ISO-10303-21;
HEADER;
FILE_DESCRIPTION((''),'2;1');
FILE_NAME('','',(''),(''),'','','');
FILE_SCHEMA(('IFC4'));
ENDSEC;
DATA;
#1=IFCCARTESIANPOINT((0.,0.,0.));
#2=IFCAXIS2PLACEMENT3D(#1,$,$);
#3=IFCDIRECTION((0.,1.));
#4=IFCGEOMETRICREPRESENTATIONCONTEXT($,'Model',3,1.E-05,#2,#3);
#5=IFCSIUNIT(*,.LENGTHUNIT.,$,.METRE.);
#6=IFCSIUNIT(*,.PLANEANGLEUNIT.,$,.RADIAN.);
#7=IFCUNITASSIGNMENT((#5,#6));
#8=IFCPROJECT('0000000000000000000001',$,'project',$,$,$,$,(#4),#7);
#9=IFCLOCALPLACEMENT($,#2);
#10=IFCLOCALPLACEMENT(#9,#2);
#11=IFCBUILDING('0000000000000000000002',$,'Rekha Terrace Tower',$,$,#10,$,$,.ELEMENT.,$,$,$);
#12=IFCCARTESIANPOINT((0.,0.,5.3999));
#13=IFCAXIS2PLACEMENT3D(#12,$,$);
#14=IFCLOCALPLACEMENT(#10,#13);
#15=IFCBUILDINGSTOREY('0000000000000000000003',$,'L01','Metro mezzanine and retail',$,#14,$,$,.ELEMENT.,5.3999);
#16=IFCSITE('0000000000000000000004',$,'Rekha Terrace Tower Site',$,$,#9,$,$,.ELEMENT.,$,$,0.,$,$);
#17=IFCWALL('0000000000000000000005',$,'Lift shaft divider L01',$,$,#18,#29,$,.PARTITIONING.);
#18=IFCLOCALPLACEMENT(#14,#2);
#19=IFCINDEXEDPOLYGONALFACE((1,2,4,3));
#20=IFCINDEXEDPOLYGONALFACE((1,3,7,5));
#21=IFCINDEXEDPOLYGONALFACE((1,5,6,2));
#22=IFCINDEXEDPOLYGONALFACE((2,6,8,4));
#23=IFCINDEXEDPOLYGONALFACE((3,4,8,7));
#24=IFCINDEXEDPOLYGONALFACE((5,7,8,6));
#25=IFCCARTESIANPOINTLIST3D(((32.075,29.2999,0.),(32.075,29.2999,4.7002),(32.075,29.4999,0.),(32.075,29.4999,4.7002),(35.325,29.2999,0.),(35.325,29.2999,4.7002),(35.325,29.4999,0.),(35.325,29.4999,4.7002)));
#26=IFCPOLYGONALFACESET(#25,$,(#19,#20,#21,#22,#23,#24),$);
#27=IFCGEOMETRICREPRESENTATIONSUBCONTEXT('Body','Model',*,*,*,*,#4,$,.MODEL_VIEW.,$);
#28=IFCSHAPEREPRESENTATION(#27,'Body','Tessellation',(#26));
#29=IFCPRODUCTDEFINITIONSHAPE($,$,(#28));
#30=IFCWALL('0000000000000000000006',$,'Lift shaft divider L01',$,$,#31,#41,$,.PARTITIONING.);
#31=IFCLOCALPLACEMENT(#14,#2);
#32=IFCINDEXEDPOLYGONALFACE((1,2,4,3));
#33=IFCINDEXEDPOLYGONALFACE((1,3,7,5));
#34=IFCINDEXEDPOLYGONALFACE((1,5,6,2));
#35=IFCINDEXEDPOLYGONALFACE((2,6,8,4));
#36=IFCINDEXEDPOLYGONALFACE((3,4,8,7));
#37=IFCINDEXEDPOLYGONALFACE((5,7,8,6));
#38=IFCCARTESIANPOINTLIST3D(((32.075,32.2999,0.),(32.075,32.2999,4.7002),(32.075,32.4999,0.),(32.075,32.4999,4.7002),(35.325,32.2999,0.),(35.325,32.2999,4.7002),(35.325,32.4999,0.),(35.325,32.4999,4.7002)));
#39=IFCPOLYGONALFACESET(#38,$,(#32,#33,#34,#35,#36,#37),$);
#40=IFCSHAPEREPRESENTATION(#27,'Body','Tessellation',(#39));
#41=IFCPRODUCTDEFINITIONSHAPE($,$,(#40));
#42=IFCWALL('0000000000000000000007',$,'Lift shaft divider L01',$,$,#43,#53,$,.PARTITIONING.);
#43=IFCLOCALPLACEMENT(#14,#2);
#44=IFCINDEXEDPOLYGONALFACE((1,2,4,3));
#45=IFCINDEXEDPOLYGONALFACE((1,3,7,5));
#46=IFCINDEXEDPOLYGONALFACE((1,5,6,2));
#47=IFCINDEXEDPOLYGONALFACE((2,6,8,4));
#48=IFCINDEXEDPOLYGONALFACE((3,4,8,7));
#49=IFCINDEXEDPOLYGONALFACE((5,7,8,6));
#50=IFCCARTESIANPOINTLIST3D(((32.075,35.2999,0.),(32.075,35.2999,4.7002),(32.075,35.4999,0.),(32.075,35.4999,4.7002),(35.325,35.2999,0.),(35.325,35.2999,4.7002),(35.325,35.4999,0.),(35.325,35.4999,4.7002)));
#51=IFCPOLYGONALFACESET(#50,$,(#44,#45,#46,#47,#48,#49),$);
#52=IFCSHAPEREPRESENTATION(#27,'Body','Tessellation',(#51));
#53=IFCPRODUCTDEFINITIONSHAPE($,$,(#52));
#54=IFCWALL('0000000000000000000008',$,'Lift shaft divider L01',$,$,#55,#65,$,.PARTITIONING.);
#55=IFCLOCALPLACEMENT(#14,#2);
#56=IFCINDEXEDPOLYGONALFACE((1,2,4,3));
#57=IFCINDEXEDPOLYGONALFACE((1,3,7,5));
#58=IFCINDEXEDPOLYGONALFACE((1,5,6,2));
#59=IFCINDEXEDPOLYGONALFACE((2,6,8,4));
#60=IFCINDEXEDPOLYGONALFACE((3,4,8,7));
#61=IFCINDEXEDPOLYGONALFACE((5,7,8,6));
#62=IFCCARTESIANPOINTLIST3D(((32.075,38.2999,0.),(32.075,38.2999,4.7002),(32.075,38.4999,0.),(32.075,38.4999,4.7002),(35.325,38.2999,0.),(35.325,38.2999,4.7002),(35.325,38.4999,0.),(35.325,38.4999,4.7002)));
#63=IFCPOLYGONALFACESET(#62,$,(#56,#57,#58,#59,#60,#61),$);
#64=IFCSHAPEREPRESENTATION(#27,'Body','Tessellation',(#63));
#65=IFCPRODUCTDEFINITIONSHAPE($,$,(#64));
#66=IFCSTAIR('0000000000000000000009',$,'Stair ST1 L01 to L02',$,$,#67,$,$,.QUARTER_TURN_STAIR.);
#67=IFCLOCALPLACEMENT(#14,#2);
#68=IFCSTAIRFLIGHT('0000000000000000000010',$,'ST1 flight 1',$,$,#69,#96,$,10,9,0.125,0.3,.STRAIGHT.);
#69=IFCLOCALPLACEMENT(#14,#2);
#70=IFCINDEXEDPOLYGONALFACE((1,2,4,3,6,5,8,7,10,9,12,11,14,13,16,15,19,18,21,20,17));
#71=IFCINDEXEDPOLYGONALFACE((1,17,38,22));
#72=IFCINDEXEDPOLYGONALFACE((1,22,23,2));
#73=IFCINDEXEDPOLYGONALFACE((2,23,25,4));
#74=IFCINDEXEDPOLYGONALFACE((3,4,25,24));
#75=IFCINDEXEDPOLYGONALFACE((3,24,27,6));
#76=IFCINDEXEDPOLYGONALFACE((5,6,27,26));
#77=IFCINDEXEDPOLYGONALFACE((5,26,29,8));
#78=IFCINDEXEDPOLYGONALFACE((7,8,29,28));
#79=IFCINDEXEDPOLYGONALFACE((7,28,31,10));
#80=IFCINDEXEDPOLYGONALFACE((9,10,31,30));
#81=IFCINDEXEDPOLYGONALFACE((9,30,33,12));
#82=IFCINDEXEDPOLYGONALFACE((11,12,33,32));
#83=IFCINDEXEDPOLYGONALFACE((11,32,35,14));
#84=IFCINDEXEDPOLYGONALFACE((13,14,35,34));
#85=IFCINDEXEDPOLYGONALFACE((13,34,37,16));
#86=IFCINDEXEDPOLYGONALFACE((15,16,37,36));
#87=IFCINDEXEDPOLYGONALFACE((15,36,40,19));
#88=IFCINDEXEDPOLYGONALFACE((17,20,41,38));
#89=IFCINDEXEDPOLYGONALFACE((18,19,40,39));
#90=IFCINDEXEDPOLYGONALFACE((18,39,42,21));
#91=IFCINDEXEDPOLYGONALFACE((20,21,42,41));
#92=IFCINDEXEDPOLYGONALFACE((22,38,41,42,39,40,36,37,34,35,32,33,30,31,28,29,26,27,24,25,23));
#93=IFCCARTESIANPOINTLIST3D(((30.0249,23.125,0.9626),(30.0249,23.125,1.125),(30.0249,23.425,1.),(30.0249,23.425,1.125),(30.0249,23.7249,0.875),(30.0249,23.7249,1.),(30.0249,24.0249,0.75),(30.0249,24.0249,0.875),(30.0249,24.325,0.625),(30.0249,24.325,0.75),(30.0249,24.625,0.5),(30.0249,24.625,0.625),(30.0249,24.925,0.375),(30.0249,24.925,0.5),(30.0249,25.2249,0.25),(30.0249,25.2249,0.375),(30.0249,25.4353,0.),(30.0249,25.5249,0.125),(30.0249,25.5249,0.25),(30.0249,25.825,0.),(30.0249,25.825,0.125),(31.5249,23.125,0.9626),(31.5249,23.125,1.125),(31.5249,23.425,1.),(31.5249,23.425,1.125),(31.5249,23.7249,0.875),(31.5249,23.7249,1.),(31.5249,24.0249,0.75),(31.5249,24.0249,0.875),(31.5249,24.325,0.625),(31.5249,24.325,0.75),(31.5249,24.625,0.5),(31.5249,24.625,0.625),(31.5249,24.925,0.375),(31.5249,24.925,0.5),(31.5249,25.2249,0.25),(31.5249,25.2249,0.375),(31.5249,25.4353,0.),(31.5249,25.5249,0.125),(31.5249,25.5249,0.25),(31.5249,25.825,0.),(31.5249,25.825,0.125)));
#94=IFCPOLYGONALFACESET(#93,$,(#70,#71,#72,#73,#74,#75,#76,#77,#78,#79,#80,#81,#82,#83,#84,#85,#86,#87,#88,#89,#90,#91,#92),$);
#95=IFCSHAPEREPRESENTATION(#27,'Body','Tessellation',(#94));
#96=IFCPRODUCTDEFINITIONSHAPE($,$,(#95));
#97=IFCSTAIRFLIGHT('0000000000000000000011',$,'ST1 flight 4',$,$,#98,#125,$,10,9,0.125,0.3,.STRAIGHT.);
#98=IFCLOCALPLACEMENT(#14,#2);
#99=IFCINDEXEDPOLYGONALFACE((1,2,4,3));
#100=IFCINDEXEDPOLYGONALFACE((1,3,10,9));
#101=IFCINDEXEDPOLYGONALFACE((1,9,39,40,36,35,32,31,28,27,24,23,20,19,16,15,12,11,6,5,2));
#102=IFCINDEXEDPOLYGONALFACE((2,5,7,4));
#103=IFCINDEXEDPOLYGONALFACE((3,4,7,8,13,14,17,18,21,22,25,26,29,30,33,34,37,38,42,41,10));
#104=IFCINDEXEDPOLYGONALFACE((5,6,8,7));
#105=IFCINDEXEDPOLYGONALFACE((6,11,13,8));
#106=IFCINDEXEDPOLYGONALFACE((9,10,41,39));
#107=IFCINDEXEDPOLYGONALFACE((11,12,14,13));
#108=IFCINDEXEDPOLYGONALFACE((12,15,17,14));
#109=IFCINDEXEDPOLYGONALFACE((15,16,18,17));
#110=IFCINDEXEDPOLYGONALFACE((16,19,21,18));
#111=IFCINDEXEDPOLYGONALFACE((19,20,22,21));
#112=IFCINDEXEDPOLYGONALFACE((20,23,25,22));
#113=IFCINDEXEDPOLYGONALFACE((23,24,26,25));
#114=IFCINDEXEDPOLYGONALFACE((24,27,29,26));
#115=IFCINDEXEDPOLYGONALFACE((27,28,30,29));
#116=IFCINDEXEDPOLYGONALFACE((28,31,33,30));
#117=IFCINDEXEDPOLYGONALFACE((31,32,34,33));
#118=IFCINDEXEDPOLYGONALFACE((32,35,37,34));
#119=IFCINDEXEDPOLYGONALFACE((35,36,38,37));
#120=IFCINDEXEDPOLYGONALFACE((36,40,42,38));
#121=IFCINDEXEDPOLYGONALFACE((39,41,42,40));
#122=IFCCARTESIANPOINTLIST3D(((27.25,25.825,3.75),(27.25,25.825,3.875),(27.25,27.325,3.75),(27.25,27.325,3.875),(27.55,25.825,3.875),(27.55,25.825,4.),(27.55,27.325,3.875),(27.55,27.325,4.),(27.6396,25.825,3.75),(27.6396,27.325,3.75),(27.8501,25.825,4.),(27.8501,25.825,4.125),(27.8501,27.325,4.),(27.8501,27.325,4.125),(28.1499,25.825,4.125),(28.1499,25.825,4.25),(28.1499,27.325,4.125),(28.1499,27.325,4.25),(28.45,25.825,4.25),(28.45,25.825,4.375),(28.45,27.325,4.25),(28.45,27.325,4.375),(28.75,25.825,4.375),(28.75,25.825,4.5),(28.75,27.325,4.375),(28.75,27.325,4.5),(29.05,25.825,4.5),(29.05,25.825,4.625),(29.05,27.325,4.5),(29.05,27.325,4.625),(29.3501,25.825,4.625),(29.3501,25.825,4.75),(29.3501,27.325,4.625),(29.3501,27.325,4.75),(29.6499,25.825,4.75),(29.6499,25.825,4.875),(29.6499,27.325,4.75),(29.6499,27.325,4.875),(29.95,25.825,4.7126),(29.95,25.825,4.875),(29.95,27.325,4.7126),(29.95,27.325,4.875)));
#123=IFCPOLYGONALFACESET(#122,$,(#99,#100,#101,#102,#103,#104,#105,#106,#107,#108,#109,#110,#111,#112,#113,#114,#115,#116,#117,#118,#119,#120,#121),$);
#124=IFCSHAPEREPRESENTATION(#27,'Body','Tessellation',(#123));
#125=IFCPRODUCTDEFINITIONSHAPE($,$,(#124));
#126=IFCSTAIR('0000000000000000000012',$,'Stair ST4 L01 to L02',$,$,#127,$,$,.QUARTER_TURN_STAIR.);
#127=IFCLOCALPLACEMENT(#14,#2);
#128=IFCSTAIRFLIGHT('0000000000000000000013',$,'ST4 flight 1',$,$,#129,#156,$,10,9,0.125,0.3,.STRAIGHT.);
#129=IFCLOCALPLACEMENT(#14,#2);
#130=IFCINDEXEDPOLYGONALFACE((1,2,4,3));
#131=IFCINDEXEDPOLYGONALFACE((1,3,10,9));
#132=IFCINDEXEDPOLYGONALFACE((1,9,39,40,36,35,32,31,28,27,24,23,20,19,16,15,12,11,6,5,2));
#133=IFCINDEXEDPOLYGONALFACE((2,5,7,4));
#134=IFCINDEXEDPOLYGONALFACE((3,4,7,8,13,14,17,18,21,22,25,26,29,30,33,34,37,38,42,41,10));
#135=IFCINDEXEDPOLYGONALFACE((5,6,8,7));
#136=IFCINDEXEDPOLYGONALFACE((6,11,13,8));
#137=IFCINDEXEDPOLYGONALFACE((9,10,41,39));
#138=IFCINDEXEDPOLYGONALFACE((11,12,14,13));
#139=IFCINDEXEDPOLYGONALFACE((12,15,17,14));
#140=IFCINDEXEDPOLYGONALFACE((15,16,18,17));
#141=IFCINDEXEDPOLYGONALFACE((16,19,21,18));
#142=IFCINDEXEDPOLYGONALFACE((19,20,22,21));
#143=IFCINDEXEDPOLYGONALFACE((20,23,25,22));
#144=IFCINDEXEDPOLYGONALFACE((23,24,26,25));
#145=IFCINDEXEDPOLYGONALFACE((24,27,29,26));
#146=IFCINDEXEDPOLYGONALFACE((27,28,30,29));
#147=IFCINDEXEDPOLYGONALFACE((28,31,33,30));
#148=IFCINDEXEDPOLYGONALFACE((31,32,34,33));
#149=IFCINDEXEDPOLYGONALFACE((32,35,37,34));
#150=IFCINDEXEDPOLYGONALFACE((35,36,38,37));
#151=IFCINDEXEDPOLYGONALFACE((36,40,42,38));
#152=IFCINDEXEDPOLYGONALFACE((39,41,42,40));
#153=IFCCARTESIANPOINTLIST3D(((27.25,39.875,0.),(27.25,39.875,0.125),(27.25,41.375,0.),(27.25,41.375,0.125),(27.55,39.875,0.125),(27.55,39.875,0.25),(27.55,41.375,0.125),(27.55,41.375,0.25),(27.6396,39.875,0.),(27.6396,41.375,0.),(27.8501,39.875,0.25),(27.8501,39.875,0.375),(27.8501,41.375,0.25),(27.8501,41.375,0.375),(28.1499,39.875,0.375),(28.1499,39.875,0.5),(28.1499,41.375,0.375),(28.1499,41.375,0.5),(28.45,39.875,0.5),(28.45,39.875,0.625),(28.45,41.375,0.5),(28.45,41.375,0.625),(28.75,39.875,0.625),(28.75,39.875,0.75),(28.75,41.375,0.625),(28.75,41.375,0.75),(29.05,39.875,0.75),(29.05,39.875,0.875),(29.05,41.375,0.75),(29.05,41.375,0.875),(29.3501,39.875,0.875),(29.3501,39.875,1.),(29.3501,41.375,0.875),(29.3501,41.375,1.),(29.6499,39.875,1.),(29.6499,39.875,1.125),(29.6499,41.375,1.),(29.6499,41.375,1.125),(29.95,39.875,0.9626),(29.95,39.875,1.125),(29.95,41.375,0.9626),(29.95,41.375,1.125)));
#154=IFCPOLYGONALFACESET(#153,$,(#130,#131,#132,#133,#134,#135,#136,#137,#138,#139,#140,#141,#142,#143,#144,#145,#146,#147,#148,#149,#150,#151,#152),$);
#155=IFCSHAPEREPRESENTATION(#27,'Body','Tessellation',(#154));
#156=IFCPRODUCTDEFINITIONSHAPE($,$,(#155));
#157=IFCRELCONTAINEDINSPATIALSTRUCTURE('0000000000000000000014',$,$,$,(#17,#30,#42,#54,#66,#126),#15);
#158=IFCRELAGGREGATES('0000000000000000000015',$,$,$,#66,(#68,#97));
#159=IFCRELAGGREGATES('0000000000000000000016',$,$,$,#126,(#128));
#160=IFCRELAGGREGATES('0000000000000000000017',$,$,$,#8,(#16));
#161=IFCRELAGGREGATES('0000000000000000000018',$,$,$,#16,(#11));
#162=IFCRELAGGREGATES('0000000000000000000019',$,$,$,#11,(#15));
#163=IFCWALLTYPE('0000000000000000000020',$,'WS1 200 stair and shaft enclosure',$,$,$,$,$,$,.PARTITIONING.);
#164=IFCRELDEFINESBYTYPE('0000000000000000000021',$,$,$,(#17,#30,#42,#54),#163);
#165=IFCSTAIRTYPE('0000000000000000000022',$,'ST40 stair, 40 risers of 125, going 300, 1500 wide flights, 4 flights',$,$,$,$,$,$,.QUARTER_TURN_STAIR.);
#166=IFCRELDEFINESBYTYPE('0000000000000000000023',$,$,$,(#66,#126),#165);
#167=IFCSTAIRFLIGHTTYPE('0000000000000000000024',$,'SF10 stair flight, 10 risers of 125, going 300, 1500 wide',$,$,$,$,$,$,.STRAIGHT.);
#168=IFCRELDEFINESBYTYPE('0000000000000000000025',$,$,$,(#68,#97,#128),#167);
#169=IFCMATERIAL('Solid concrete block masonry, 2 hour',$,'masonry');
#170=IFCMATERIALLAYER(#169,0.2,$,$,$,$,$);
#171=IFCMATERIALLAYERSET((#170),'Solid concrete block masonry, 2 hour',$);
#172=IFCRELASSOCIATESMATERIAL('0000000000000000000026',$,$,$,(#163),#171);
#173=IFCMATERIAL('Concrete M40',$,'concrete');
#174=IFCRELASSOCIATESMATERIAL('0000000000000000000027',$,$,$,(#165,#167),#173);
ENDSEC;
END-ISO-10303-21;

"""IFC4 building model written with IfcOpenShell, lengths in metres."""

from ifc_helpers import new_model, si_unit, direction, frame, frame_2d, origin, place, context, subcontext, project, spatial, polyline, rectangle, outline, extrude, material, layer, layer_set, type_object, element, aggregate, save


model = new_model("IFC4")

# Units and contexts
model_context = context("Model", 3, precision=1e-05, world=origin(), true_north=direction((0.0, 1.0)))
body_context = subcontext(model_context, "Body", "Model", "MODEL_VIEW")
ifc_project = project(units=[si_unit("LENGTHUNIT", "METRE"), si_unit("PLANEANGLEUNIT", "RADIAN")], contexts=[model_context])

# Site, building, storey
site_placement = place(None, origin())
site = spatial("IfcSite", under=ifc_project, at=site_placement, Name="Rekha Terrace Tower Site", CompositionType="ELEMENT", RefElevation=0.0)
building_placement = place(site_placement, origin())
building = spatial("IfcBuilding", under=site, at=building_placement, Name="Rekha Terrace Tower", CompositionType="ELEMENT")
storey_placement = place(building_placement, frame((0.0, 0.0, 5.3999)))
storey = spatial("IfcBuildingStorey", under=building, at=storey_placement, Name="L01", Description="Metro mezzanine and retail", CompositionType="ELEMENT", Elevation=5.3999)

# Walls
ifc_material_1 = material(Name="Solid concrete block masonry, 2 hour", Category="masonry")
ifc_layer_1 = layer(ifc_material_1, 0.2)
ifc_layer_set_1 = layer_set([ifc_layer_1], Name="Solid concrete block masonry, 2 hour")
wall_type_1 = type_object("IfcWallType", Name="WS1 200 stair and shaft enclosure", PredefinedType="PARTITIONING", material=ifc_layer_set_1)
for number, where, z_axis, x_axis, name in (
    (1, (32.075, 29.3999, 0.0), (0.0, 0.0, 1.0), (1.0, 0.0, 0.0), "Lift shaft divider L01"),
    (2, (32.075, 32.3999, 0.0), (0.0, 0.0, 1.0), (1.0, 0.0, 0.0), "Lift shaft divider L01"),
    (3, (32.075, 35.3999, 0.0), (0.0, 0.0, 1.0), (1.0, 0.0, 0.0), "Lift shaft divider L01"),
    (4, (32.075, 38.3999, 0.0), (0.0, 0.0, 1.0), (1.0, 0.0, 0.0), "Lift shaft divider L01"),
):
    element("IfcWall", number, at=place(storey_placement, frame(where, z_axis=z_axis, x_axis=x_axis)), inside=storey, type_object=wall_type_1, Name=name, PredefinedType="PARTITIONING", context=body_context, shape_type="SweptSolid", body=[
        extrude(rectangle(XDim=3.25, YDim=0.2, at=frame_2d((1.625, 0.0))), origin(), (0.0, 0.0, 1.0), 4.7002),
    ])

# Stair, stair flights
ifc_material_2 = material(Name="Concrete M40", Category="concrete")
stair_type = type_object("IfcStairType", Name="ST40 stair, 40 risers of 125, going 300, 1500 wide flights, 4 flights", PredefinedType="QUARTER_TURN_STAIR", material=ifc_material_2)
stair_1_placement = place(storey_placement, origin())
stair_1 = element("IfcStair", 5, at=stair_1_placement, inside=storey, type_object=stair_type, Name="Stair ST1 L01 to L02", PredefinedType="QUARTER_TURN_STAIR")
stair_flight_type = type_object("IfcStairFlightType", Name="SF10 stair flight, 10 risers of 125, going 300, 1500 wide", PredefinedType="STRAIGHT", material=ifc_material_2)
stair_flight_1_placement = place(storey_placement, frame((30.7749, 25.825, 0.0), z_axis=(0.0, 0.0, 1.0), x_axis=(0.0, -1.0, 0.0)))
stair_flight_1 = element("IfcStairFlight", 6, at=stair_flight_1_placement, type_object=stair_flight_type, Name="ST1 flight 1", NumberOfRisers=10, NumberOfTreads=9, PredefinedType="STRAIGHT", RiserHeight=0.125, TreadLength=0.3, context=body_context, shape_type="SweptSolid", body=[
    extrude(outline(polyline([(0.0, 0.0), (0.0, 0.125), (0.3, 0.125), (0.3, 0.25), (0.6001, 0.25), (0.6001, 0.375), (0.8999, 0.375), (0.8999, 0.5), (1.2, 0.5), (1.2, 0.625), (1.5, 0.625), (1.5, 0.75), (1.8, 0.75), (1.8, 0.875), (2.1001, 0.875), (2.1001, 1.0), (2.3999, 1.0), (2.3999, 1.125), (2.7, 1.125), (2.7, 1.25), (2.7, 0.9626), (0.3896, 0.0), (0.0, 0.0)])), frame((0.0, 0.75, 0.0), z_axis=(0.0, -1.0, 0.0), x_axis=(1.0, 0.0, 0.0)), (0.0, 0.0, 1.0), 1.5),
])
stair_flight_2_placement = place(storey_placement, frame((27.25, 26.575, 3.75), z_axis=(0.0, 0.0, 1.0), x_axis=(1.0, 0.0, 0.0)))
stair_flight_2 = element("IfcStairFlight", 7, at=stair_flight_2_placement, type_object=stair_flight_type, Name="ST1 flight 4", NumberOfRisers=10, NumberOfTreads=9, PredefinedType="STRAIGHT", RiserHeight=0.125, TreadLength=0.3, context=body_context, shape_type="SweptSolid", body=[
    extrude(outline(polyline([(0.0, 0.0), (0.0, 0.125), (0.3, 0.125), (0.3, 0.25), (0.6001, 0.25), (0.6001, 0.375), (0.8999, 0.375), (0.8999, 0.5), (1.2, 0.5), (1.2, 0.625), (1.5, 0.625), (1.5, 0.75), (1.8, 0.75), (1.8, 0.875), (2.1001, 0.875), (2.1001, 1.0), (2.3999, 1.0), (2.3999, 1.125), (2.7, 1.125), (2.7, 1.25), (2.7, 0.9626), (0.3896, 0.0), (0.0, 0.0)])), frame((0.0, 0.75, 0.0), z_axis=(0.0, -1.0, 0.0), x_axis=(1.0, 0.0, 0.0)), (0.0, 0.0, 1.0), 1.5),
])
aggregate(stair_1, [stair_flight_1, stair_flight_2])

# Stair, stair flight
stair_2_placement = place(storey_placement, origin())
stair_2 = element("IfcStair", 8, at=stair_2_placement, inside=storey, type_object=stair_type, Name="Stair ST4 L01 to L02", PredefinedType="QUARTER_TURN_STAIR")
stair_flight_3_placement = place(storey_placement, frame((27.25, 40.625, 0.0), z_axis=(0.0, 0.0, 1.0), x_axis=(1.0, 0.0, 0.0)))
stair_flight_3 = element("IfcStairFlight", 9, at=stair_flight_3_placement, type_object=stair_flight_type, Name="ST4 flight 1", NumberOfRisers=10, NumberOfTreads=9, PredefinedType="STRAIGHT", RiserHeight=0.125, TreadLength=0.3, context=body_context, shape_type="SweptSolid", body=[
    extrude(outline(polyline([(0.0, 0.0), (0.0, 0.125), (0.3, 0.125), (0.3, 0.25), (0.6001, 0.25), (0.6001, 0.375), (0.8999, 0.375), (0.8999, 0.5), (1.2, 0.5), (1.2, 0.625), (1.5, 0.625), (1.5, 0.75), (1.8, 0.75), (1.8, 0.875), (2.1001, 0.875), (2.1001, 1.0), (2.3999, 1.0), (2.3999, 1.125), (2.7, 1.125), (2.7, 1.25), (2.7, 0.9626), (0.3896, 0.0), (0.0, 0.0)])), frame((0.0, 0.75, 0.0), z_axis=(0.0, -1.0, 0.0), x_axis=(1.0, 0.0, 0.0)), (0.0, 0.0, 1.0), 1.5),
])
aggregate(stair_2, [stair_flight_3])

save(model, "model.ifc")
